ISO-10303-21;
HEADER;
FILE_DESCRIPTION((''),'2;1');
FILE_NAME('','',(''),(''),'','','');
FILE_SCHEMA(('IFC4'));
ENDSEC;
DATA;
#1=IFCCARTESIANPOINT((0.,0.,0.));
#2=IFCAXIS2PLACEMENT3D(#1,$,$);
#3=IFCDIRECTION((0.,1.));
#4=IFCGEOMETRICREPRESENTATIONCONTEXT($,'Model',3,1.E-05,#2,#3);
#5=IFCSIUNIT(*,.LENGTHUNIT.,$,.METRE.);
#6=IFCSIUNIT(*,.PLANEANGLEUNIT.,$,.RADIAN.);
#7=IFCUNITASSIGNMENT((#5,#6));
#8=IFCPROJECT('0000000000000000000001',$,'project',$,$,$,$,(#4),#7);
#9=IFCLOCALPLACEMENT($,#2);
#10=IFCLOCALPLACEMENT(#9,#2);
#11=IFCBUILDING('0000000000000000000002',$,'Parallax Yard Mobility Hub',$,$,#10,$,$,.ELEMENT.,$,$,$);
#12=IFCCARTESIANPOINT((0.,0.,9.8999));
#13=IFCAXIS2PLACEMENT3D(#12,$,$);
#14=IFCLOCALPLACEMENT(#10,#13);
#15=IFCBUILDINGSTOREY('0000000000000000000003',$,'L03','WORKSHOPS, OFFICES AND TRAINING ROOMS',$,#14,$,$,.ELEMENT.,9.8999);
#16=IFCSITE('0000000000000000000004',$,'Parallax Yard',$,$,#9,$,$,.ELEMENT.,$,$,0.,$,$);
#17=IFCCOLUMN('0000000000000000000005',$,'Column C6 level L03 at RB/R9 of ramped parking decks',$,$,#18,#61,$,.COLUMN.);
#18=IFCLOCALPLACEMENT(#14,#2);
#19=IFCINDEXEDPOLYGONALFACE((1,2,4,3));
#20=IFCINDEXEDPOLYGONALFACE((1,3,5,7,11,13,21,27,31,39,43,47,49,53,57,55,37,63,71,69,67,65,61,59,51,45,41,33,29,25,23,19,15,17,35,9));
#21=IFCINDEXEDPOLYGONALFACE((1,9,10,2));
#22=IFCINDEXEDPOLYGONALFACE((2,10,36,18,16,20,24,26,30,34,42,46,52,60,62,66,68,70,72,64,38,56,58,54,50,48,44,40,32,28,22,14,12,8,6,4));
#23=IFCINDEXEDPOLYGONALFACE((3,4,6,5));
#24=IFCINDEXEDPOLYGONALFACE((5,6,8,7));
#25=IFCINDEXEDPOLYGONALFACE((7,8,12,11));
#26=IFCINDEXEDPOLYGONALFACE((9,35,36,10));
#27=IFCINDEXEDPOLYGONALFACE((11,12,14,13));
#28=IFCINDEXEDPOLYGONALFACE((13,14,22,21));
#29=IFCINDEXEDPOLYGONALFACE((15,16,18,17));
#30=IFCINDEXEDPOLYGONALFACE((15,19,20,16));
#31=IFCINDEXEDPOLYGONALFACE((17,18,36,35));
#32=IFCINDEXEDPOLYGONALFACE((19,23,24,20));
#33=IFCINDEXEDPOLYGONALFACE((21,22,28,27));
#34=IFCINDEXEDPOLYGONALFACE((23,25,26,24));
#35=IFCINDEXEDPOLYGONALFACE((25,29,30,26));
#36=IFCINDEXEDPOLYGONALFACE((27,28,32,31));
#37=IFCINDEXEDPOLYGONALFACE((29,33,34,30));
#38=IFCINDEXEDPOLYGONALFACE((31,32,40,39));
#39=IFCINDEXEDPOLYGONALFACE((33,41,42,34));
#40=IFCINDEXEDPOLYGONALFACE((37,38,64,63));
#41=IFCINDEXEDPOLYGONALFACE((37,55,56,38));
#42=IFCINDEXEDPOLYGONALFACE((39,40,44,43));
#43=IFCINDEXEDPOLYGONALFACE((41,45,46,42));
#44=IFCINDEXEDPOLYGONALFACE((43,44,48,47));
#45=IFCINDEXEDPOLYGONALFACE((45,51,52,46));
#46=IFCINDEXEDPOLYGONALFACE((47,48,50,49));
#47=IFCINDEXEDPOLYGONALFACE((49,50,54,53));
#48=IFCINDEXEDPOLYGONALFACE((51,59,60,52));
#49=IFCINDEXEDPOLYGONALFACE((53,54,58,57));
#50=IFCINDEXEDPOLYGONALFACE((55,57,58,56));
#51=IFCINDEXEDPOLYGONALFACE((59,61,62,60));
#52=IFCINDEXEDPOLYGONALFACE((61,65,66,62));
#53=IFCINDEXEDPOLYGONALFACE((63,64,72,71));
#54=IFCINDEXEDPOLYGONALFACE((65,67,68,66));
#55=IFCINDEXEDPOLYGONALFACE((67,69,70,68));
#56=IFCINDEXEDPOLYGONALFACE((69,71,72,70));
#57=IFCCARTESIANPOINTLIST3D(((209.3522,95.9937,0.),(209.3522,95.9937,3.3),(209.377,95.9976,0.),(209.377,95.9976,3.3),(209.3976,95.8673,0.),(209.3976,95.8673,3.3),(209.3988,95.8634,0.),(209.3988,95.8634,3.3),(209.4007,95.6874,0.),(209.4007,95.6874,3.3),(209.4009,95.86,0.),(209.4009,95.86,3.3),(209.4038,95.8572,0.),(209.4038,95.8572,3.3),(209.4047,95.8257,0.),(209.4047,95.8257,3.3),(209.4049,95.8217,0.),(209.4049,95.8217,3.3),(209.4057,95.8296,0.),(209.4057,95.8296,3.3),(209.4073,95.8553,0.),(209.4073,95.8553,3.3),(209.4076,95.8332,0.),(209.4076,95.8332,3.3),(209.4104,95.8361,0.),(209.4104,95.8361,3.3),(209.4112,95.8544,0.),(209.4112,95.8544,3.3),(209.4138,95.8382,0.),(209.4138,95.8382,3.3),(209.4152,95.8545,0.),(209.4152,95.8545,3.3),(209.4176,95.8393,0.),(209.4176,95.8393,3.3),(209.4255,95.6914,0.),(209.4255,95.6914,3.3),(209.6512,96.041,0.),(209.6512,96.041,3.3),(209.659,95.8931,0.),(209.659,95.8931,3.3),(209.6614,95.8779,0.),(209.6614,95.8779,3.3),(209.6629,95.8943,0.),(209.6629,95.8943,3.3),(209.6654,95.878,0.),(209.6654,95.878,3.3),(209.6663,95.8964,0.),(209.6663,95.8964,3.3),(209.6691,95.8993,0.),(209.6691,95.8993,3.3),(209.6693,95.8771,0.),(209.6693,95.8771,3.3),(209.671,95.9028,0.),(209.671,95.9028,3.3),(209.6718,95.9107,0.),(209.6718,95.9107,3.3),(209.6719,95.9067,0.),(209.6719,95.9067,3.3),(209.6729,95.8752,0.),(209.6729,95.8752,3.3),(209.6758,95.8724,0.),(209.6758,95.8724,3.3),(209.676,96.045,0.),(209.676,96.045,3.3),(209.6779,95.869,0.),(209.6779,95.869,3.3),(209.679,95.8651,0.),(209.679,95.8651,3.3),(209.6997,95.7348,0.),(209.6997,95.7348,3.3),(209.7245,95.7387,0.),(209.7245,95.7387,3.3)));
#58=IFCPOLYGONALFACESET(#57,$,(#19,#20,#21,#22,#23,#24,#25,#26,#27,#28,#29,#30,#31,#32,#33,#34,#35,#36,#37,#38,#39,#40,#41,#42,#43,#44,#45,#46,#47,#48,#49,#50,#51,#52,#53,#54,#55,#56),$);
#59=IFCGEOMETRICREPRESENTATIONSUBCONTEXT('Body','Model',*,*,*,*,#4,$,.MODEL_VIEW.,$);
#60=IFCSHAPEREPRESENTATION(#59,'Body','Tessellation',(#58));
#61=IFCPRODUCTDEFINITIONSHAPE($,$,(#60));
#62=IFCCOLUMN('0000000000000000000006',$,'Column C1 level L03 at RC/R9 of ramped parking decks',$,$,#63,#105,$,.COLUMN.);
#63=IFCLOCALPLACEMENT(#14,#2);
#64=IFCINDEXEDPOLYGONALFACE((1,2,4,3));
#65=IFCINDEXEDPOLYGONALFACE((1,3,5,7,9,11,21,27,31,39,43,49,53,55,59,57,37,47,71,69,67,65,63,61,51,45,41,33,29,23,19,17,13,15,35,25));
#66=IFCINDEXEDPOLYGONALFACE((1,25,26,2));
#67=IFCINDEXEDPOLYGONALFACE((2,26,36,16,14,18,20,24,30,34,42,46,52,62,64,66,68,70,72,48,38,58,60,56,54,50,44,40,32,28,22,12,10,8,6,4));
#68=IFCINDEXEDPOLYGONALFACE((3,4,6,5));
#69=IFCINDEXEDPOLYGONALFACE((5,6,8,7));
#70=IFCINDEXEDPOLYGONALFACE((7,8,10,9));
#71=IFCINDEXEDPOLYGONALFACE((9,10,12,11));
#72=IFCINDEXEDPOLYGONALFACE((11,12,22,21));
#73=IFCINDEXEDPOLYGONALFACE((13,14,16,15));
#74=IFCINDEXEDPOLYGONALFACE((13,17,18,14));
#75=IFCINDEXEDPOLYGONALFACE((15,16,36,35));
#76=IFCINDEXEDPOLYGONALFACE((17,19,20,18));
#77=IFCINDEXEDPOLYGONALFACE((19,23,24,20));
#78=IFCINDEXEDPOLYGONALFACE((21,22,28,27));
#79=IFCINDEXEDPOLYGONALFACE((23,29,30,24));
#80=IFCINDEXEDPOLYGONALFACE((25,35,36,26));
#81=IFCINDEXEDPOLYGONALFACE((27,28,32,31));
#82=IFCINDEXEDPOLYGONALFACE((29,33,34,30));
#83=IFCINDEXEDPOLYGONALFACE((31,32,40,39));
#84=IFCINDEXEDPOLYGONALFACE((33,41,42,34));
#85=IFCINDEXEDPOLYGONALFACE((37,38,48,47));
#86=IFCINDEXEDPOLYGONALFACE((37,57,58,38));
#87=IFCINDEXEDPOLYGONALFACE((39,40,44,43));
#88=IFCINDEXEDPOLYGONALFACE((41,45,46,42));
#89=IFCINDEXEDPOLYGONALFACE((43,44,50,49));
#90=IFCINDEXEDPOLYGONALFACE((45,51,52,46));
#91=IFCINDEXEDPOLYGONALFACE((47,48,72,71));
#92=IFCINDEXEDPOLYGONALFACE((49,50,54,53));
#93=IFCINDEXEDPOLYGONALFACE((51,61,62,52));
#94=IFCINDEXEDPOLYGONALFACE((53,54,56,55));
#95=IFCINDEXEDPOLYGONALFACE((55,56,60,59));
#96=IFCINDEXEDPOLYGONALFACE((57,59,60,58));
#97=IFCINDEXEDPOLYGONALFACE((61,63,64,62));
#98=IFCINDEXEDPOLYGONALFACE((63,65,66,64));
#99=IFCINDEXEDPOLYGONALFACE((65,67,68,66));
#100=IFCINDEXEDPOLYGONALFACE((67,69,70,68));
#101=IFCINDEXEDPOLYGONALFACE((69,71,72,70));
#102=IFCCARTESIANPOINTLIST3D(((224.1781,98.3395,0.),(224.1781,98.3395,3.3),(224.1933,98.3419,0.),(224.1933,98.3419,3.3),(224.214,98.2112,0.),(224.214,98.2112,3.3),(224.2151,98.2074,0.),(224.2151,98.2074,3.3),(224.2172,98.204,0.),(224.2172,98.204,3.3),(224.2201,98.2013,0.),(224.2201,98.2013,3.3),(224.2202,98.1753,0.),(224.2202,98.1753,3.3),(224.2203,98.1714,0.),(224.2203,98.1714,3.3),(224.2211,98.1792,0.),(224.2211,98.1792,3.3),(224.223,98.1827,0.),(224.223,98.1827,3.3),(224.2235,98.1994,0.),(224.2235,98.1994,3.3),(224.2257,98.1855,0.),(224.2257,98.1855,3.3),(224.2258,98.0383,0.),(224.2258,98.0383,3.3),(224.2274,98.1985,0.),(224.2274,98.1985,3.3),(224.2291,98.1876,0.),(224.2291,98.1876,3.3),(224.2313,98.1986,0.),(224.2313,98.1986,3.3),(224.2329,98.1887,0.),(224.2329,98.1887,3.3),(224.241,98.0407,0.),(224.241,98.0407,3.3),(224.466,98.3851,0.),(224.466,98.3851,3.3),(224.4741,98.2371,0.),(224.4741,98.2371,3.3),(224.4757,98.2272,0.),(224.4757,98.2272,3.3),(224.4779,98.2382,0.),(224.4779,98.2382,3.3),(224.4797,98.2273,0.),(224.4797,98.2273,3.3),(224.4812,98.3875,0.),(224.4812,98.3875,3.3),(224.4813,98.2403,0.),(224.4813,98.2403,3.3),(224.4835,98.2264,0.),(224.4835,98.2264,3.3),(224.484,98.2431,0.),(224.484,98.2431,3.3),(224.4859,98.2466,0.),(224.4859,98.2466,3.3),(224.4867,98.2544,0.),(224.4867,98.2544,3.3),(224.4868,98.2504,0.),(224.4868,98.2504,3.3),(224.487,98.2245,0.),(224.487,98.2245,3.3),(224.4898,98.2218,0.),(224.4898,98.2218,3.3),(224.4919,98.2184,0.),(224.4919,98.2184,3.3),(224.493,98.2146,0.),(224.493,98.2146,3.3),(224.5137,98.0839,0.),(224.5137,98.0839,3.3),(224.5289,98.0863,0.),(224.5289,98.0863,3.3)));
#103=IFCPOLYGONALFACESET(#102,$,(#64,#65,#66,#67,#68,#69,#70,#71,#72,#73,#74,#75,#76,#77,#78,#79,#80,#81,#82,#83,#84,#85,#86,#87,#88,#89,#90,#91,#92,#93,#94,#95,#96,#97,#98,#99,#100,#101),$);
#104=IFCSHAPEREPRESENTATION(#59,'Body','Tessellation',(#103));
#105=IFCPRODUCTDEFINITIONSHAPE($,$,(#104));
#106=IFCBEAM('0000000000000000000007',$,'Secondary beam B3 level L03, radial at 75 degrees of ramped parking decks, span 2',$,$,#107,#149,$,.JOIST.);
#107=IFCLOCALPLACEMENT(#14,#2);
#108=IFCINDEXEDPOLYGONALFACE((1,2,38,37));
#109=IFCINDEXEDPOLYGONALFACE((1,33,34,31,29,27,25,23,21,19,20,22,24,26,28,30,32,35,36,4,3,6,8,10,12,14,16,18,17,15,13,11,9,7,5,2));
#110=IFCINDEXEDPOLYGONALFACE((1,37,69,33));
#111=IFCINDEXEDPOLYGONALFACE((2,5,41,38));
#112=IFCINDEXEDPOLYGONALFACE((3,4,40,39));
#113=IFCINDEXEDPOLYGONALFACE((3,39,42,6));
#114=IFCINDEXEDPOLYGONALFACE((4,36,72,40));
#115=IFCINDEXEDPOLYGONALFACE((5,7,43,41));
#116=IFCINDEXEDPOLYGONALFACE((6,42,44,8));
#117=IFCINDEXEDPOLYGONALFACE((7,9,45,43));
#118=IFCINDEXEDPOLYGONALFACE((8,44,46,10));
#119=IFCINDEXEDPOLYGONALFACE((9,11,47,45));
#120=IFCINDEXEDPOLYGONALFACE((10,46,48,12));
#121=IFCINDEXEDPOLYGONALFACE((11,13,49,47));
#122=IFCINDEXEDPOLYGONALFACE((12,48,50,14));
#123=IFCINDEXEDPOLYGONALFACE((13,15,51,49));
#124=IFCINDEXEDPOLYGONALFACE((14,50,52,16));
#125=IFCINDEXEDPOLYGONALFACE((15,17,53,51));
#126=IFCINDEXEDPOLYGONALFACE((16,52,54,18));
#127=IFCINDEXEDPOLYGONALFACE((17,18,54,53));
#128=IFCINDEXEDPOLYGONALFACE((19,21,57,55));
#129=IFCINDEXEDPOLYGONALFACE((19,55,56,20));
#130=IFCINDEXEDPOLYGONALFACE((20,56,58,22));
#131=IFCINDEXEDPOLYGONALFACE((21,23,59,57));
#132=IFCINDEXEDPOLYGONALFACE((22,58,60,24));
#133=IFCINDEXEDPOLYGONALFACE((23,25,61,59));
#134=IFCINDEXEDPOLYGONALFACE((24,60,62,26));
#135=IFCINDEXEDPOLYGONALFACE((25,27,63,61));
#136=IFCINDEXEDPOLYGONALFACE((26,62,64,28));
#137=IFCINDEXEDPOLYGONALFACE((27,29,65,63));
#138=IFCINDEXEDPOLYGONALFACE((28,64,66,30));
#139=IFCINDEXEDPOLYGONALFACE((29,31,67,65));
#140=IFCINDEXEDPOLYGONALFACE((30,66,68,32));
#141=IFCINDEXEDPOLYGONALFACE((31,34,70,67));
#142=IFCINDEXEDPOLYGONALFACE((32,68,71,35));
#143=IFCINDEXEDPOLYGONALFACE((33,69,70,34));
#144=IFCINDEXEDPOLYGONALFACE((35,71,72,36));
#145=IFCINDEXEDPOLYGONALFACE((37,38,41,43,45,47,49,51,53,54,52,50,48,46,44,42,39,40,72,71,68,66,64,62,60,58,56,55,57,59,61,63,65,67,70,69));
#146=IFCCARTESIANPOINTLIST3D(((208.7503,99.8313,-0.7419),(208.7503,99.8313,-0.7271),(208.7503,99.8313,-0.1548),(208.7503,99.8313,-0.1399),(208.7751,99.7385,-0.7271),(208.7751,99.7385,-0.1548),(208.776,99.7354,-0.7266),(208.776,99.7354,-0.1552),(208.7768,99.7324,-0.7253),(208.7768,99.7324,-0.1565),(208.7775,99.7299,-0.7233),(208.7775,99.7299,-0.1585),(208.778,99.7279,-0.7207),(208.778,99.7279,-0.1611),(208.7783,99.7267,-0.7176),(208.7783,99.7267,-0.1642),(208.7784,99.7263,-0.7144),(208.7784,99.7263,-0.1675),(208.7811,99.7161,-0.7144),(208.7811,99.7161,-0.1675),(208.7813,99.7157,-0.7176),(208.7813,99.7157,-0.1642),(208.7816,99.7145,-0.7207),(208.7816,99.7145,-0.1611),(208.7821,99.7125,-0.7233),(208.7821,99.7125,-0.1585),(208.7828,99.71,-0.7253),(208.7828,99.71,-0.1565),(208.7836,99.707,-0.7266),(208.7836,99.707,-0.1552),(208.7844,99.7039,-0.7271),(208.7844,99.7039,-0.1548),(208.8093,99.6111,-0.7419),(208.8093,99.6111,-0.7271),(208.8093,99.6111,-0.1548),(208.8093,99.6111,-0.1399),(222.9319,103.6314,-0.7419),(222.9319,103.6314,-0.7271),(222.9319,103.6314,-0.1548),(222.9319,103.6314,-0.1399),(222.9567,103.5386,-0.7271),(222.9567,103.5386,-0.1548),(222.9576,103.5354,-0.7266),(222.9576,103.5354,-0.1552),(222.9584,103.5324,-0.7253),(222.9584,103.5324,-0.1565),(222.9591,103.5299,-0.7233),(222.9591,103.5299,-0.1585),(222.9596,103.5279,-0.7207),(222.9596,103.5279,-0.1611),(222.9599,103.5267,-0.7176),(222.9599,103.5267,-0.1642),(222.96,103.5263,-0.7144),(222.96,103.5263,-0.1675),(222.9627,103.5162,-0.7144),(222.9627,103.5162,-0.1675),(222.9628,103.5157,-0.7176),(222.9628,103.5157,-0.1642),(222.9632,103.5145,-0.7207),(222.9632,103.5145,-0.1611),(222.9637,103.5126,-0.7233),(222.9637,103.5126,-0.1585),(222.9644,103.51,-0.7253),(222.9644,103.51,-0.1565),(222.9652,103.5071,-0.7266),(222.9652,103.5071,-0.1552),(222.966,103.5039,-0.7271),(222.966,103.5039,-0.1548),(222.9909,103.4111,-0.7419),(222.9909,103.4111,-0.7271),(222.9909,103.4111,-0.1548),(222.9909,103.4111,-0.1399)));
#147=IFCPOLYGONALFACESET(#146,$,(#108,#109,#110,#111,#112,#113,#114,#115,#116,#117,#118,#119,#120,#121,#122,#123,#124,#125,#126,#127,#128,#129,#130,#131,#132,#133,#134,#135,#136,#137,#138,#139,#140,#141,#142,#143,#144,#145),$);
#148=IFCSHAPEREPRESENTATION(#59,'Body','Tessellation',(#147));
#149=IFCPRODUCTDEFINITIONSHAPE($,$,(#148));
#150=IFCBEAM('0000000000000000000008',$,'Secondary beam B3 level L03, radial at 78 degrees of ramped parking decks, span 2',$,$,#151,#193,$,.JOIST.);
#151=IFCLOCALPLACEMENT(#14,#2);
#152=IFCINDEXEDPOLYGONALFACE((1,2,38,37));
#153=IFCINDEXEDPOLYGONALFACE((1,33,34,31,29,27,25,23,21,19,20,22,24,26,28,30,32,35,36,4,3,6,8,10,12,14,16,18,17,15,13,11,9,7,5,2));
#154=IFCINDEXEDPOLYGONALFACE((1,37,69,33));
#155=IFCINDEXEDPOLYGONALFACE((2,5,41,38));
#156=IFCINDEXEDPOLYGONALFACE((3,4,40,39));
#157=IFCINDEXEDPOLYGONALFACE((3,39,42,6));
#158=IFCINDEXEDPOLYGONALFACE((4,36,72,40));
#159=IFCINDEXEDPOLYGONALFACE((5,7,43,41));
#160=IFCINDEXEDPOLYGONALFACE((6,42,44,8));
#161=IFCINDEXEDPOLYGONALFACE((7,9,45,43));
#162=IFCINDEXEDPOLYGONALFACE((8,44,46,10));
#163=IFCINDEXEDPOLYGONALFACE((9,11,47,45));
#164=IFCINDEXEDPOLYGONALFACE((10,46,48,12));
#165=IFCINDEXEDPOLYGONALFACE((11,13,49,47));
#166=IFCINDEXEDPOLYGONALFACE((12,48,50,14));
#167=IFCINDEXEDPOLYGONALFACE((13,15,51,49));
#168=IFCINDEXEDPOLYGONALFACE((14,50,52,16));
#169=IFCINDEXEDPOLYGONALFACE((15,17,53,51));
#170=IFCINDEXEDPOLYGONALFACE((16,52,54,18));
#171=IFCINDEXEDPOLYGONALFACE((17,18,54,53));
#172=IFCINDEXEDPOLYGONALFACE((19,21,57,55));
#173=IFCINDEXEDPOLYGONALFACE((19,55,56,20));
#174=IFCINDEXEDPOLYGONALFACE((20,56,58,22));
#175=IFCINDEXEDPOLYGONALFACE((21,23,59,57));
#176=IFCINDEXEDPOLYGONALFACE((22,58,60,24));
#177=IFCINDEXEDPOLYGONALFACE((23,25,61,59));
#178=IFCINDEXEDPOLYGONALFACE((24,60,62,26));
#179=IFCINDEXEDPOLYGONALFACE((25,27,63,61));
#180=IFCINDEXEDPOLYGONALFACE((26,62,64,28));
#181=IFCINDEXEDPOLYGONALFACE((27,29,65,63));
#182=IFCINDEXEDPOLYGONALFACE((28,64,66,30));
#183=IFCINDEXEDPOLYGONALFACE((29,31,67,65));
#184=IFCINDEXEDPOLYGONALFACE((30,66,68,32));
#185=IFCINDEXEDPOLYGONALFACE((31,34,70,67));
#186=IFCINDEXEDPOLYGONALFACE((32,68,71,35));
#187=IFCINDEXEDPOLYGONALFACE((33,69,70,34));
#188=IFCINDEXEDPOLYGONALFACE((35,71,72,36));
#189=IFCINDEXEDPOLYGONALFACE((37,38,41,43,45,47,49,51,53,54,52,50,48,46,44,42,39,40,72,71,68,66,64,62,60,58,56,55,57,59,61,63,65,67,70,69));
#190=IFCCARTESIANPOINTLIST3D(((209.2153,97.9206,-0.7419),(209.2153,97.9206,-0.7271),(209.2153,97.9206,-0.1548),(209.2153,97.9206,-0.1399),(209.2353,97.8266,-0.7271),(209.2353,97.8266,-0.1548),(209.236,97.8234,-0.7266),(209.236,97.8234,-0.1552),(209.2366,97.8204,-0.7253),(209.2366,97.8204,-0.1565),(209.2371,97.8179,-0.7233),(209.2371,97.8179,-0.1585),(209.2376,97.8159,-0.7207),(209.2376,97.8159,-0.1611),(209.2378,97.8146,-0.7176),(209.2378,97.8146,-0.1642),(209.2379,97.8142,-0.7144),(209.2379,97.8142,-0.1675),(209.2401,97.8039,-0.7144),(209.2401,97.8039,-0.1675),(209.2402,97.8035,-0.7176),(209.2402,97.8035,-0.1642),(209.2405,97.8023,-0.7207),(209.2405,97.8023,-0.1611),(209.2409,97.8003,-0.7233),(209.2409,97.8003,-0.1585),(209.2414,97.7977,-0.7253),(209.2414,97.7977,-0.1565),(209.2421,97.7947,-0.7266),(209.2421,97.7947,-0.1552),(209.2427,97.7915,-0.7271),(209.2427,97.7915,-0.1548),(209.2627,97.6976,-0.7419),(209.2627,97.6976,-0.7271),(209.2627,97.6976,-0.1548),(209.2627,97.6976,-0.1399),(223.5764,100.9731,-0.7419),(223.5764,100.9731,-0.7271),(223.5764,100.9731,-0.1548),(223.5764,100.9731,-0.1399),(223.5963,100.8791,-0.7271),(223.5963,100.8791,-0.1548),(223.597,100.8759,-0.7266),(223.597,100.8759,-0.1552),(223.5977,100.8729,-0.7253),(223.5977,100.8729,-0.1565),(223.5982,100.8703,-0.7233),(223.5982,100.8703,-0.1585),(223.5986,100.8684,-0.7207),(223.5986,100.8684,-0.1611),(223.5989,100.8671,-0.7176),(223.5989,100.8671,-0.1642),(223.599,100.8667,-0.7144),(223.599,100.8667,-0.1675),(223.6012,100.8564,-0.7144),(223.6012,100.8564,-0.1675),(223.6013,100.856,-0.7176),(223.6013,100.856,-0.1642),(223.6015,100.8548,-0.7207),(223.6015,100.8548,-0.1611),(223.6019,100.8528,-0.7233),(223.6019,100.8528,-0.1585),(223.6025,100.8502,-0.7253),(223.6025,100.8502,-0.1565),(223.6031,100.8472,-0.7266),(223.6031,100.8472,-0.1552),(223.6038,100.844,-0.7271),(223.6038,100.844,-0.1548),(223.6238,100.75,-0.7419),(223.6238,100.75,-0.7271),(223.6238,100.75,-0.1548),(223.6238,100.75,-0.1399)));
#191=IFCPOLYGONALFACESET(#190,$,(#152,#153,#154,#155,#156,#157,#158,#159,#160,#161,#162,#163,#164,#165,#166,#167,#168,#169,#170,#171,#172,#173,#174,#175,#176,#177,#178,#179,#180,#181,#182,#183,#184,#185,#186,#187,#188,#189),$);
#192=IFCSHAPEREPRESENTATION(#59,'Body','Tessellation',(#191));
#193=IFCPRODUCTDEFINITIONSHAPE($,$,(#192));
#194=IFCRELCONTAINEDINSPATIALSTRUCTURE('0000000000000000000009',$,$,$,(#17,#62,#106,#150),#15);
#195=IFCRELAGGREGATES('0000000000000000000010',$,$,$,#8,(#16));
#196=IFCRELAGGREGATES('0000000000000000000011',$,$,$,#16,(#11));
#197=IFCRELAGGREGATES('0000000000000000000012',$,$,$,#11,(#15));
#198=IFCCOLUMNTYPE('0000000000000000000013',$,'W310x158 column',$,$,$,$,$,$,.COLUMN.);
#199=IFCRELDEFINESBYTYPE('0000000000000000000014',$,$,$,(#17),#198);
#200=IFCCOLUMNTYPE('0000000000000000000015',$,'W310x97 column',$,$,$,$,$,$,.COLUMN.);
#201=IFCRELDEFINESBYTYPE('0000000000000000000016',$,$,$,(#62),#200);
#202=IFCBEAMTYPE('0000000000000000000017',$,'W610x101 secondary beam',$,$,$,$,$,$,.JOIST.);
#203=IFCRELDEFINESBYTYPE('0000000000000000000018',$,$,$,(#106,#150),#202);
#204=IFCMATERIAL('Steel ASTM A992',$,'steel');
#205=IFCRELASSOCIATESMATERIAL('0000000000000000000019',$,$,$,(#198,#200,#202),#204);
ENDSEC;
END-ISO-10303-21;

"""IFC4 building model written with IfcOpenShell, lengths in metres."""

from ifc_helpers import new_model, si_unit, direction, frame, origin, origin_2d, place, context, subcontext, project, spatial, i_section, extrude, material, material_profile, profile_set, type_object, element, save


model = new_model("IFC4")

# Units and contexts
model_context = context("Model", 3, precision=1e-05, world=origin(), true_north=direction((0.0, 1.0)))
body_context = subcontext(model_context, "Body", "Model", "MODEL_VIEW")
ifc_project = project(units=[si_unit("LENGTHUNIT", "METRE"), si_unit("PLANEANGLEUNIT", "RADIAN")], contexts=[model_context])

# Site, building, storey
site_placement = place(None, origin())
site = spatial("IfcSite", under=ifc_project, at=site_placement, Name="Parallax Yard", CompositionType="ELEMENT", RefElevation=0.0)
building_placement = place(site_placement, origin())
building = spatial("IfcBuilding", under=site, at=building_placement, Name="Parallax Yard Mobility Hub", CompositionType="ELEMENT")
storey_placement = place(building_placement, frame((0.0, 0.0, 9.8999)))
storey = spatial("IfcBuildingStorey", under=building, at=storey_placement, Name="L03", Description="WORKSHOPS, OFFICES AND TRAINING ROOMS", CompositionType="ELEMENT", Elevation=9.8999)

# Columns
ifc_material_1 = material(Name="Steel ASTM A992", Category="steel")
ifc_material_profile_1 = material_profile(ifc_material_1, i_section(OverallWidth=0.3101, OverallDepth=0.3279, WebThickness=0.0154, FlangeThickness=0.0251, FilletRadius=0.0154, at=origin_2d()), Name="W310x158")
ifc_profile_set_1 = profile_set([ifc_material_profile_1], Name="Steel ASTM A992")
column_type_1 = type_object("IfcColumnType", Name="W310x158 column", PredefinedType="COLUMN", material=ifc_profile_set_1)
column_1_placement = place(storey_placement, frame((209.5383, 95.8662, 0.0), z_axis=(0.0, 0.0, 1.0), x_axis=(-0.156434, 0.987688, 0.0)))
element("IfcColumn", 1, at=column_1_placement, inside=storey, type_object=column_type_1, Name="Column C6 level L03 at RB/R9 of ramped parking decks", PredefinedType="COLUMN", context=body_context, shape_type="SweptSolid", body=[
    extrude(i_section(OverallWidth=0.3101, OverallDepth=0.3279, WebThickness=0.0154, FlangeThickness=0.0251, FilletRadius=0.0154, at=origin_2d()), origin(), (0.0, 0.0, 1.0), 3.3),
])
ifc_material_profile_2 = material_profile(ifc_material_1, i_section(OverallWidth=0.3049, OverallDepth=0.3069, WebThickness=0.01, FlangeThickness=0.0154, FilletRadius=0.0151, at=origin_2d()), Name="W310x97")
ifc_profile_set_2 = profile_set([ifc_material_profile_2], Name="Steel ASTM A992")
column_type_2 = type_object("IfcColumnType", Name="W310x97 column", PredefinedType="COLUMN", material=ifc_profile_set_2)
column_2_placement = place(storey_placement, frame((224.3535, 98.2129, 0.0), z_axis=(0.0, 0.0, 1.0), x_axis=(-0.156434, 0.987688, 0.0)))
element("IfcColumn", 2, at=column_2_placement, inside=storey, type_object=column_type_2, Name="Column C1 level L03 at RC/R9 of ramped parking decks", PredefinedType="COLUMN", context=body_context, shape_type="SweptSolid", body=[
    extrude(i_section(OverallWidth=0.3049, OverallDepth=0.3069, WebThickness=0.01, FlangeThickness=0.0154, FilletRadius=0.0151, at=origin_2d()), origin(), (0.0, 0.0, 1.0), 3.3),
])

# Beams
ifc_material_profile_3 = material_profile(ifc_material_1, i_section(OverallWidth=0.228, OverallDepth=0.6021, WebThickness=0.0105, FlangeThickness=0.0149, FilletRadius=0.0127, at=origin_2d()), Name="W610x101")
ifc_profile_set_3 = profile_set([ifc_material_profile_3], Name="Steel ASTM A992")
beam_type_1 = type_object("IfcBeamType", Name="W610x101 secondary beam", PredefinedType="JOIST", material=ifc_profile_set_3)
for number, where, z_axis, x_axis, name in (
    (3, (208.7798, 99.7212, -0.4409), (0.965924, 0.258825, 0.0), (-0.258825, 0.965924, 0.0), "Secondary beam B3 level L03, radial at 75 degrees of ramped parking decks, span 2"),
    (4, (209.239, 97.8091, -0.4409), (0.978148, 0.207908, 0.0), (-0.207908, 0.978148, 0.0), "Secondary beam B3 level L03, radial at 78 degrees of ramped parking decks, span 2"),
):
    element("IfcBeam", number, at=place(storey_placement, frame(where, z_axis=z_axis, x_axis=x_axis)), inside=storey, type_object=beam_type_1, Name=name, PredefinedType="JOIST", context=body_context, shape_type="SweptSolid", body=[
        extrude(i_section(OverallWidth=0.228, OverallDepth=0.6021, WebThickness=0.0105, FlangeThickness=0.0149, FilletRadius=0.0127, at=origin_2d()), origin(), (0.0, 0.0, 1.0), 14.6819),
    ])

save(model, "model.ifc")
